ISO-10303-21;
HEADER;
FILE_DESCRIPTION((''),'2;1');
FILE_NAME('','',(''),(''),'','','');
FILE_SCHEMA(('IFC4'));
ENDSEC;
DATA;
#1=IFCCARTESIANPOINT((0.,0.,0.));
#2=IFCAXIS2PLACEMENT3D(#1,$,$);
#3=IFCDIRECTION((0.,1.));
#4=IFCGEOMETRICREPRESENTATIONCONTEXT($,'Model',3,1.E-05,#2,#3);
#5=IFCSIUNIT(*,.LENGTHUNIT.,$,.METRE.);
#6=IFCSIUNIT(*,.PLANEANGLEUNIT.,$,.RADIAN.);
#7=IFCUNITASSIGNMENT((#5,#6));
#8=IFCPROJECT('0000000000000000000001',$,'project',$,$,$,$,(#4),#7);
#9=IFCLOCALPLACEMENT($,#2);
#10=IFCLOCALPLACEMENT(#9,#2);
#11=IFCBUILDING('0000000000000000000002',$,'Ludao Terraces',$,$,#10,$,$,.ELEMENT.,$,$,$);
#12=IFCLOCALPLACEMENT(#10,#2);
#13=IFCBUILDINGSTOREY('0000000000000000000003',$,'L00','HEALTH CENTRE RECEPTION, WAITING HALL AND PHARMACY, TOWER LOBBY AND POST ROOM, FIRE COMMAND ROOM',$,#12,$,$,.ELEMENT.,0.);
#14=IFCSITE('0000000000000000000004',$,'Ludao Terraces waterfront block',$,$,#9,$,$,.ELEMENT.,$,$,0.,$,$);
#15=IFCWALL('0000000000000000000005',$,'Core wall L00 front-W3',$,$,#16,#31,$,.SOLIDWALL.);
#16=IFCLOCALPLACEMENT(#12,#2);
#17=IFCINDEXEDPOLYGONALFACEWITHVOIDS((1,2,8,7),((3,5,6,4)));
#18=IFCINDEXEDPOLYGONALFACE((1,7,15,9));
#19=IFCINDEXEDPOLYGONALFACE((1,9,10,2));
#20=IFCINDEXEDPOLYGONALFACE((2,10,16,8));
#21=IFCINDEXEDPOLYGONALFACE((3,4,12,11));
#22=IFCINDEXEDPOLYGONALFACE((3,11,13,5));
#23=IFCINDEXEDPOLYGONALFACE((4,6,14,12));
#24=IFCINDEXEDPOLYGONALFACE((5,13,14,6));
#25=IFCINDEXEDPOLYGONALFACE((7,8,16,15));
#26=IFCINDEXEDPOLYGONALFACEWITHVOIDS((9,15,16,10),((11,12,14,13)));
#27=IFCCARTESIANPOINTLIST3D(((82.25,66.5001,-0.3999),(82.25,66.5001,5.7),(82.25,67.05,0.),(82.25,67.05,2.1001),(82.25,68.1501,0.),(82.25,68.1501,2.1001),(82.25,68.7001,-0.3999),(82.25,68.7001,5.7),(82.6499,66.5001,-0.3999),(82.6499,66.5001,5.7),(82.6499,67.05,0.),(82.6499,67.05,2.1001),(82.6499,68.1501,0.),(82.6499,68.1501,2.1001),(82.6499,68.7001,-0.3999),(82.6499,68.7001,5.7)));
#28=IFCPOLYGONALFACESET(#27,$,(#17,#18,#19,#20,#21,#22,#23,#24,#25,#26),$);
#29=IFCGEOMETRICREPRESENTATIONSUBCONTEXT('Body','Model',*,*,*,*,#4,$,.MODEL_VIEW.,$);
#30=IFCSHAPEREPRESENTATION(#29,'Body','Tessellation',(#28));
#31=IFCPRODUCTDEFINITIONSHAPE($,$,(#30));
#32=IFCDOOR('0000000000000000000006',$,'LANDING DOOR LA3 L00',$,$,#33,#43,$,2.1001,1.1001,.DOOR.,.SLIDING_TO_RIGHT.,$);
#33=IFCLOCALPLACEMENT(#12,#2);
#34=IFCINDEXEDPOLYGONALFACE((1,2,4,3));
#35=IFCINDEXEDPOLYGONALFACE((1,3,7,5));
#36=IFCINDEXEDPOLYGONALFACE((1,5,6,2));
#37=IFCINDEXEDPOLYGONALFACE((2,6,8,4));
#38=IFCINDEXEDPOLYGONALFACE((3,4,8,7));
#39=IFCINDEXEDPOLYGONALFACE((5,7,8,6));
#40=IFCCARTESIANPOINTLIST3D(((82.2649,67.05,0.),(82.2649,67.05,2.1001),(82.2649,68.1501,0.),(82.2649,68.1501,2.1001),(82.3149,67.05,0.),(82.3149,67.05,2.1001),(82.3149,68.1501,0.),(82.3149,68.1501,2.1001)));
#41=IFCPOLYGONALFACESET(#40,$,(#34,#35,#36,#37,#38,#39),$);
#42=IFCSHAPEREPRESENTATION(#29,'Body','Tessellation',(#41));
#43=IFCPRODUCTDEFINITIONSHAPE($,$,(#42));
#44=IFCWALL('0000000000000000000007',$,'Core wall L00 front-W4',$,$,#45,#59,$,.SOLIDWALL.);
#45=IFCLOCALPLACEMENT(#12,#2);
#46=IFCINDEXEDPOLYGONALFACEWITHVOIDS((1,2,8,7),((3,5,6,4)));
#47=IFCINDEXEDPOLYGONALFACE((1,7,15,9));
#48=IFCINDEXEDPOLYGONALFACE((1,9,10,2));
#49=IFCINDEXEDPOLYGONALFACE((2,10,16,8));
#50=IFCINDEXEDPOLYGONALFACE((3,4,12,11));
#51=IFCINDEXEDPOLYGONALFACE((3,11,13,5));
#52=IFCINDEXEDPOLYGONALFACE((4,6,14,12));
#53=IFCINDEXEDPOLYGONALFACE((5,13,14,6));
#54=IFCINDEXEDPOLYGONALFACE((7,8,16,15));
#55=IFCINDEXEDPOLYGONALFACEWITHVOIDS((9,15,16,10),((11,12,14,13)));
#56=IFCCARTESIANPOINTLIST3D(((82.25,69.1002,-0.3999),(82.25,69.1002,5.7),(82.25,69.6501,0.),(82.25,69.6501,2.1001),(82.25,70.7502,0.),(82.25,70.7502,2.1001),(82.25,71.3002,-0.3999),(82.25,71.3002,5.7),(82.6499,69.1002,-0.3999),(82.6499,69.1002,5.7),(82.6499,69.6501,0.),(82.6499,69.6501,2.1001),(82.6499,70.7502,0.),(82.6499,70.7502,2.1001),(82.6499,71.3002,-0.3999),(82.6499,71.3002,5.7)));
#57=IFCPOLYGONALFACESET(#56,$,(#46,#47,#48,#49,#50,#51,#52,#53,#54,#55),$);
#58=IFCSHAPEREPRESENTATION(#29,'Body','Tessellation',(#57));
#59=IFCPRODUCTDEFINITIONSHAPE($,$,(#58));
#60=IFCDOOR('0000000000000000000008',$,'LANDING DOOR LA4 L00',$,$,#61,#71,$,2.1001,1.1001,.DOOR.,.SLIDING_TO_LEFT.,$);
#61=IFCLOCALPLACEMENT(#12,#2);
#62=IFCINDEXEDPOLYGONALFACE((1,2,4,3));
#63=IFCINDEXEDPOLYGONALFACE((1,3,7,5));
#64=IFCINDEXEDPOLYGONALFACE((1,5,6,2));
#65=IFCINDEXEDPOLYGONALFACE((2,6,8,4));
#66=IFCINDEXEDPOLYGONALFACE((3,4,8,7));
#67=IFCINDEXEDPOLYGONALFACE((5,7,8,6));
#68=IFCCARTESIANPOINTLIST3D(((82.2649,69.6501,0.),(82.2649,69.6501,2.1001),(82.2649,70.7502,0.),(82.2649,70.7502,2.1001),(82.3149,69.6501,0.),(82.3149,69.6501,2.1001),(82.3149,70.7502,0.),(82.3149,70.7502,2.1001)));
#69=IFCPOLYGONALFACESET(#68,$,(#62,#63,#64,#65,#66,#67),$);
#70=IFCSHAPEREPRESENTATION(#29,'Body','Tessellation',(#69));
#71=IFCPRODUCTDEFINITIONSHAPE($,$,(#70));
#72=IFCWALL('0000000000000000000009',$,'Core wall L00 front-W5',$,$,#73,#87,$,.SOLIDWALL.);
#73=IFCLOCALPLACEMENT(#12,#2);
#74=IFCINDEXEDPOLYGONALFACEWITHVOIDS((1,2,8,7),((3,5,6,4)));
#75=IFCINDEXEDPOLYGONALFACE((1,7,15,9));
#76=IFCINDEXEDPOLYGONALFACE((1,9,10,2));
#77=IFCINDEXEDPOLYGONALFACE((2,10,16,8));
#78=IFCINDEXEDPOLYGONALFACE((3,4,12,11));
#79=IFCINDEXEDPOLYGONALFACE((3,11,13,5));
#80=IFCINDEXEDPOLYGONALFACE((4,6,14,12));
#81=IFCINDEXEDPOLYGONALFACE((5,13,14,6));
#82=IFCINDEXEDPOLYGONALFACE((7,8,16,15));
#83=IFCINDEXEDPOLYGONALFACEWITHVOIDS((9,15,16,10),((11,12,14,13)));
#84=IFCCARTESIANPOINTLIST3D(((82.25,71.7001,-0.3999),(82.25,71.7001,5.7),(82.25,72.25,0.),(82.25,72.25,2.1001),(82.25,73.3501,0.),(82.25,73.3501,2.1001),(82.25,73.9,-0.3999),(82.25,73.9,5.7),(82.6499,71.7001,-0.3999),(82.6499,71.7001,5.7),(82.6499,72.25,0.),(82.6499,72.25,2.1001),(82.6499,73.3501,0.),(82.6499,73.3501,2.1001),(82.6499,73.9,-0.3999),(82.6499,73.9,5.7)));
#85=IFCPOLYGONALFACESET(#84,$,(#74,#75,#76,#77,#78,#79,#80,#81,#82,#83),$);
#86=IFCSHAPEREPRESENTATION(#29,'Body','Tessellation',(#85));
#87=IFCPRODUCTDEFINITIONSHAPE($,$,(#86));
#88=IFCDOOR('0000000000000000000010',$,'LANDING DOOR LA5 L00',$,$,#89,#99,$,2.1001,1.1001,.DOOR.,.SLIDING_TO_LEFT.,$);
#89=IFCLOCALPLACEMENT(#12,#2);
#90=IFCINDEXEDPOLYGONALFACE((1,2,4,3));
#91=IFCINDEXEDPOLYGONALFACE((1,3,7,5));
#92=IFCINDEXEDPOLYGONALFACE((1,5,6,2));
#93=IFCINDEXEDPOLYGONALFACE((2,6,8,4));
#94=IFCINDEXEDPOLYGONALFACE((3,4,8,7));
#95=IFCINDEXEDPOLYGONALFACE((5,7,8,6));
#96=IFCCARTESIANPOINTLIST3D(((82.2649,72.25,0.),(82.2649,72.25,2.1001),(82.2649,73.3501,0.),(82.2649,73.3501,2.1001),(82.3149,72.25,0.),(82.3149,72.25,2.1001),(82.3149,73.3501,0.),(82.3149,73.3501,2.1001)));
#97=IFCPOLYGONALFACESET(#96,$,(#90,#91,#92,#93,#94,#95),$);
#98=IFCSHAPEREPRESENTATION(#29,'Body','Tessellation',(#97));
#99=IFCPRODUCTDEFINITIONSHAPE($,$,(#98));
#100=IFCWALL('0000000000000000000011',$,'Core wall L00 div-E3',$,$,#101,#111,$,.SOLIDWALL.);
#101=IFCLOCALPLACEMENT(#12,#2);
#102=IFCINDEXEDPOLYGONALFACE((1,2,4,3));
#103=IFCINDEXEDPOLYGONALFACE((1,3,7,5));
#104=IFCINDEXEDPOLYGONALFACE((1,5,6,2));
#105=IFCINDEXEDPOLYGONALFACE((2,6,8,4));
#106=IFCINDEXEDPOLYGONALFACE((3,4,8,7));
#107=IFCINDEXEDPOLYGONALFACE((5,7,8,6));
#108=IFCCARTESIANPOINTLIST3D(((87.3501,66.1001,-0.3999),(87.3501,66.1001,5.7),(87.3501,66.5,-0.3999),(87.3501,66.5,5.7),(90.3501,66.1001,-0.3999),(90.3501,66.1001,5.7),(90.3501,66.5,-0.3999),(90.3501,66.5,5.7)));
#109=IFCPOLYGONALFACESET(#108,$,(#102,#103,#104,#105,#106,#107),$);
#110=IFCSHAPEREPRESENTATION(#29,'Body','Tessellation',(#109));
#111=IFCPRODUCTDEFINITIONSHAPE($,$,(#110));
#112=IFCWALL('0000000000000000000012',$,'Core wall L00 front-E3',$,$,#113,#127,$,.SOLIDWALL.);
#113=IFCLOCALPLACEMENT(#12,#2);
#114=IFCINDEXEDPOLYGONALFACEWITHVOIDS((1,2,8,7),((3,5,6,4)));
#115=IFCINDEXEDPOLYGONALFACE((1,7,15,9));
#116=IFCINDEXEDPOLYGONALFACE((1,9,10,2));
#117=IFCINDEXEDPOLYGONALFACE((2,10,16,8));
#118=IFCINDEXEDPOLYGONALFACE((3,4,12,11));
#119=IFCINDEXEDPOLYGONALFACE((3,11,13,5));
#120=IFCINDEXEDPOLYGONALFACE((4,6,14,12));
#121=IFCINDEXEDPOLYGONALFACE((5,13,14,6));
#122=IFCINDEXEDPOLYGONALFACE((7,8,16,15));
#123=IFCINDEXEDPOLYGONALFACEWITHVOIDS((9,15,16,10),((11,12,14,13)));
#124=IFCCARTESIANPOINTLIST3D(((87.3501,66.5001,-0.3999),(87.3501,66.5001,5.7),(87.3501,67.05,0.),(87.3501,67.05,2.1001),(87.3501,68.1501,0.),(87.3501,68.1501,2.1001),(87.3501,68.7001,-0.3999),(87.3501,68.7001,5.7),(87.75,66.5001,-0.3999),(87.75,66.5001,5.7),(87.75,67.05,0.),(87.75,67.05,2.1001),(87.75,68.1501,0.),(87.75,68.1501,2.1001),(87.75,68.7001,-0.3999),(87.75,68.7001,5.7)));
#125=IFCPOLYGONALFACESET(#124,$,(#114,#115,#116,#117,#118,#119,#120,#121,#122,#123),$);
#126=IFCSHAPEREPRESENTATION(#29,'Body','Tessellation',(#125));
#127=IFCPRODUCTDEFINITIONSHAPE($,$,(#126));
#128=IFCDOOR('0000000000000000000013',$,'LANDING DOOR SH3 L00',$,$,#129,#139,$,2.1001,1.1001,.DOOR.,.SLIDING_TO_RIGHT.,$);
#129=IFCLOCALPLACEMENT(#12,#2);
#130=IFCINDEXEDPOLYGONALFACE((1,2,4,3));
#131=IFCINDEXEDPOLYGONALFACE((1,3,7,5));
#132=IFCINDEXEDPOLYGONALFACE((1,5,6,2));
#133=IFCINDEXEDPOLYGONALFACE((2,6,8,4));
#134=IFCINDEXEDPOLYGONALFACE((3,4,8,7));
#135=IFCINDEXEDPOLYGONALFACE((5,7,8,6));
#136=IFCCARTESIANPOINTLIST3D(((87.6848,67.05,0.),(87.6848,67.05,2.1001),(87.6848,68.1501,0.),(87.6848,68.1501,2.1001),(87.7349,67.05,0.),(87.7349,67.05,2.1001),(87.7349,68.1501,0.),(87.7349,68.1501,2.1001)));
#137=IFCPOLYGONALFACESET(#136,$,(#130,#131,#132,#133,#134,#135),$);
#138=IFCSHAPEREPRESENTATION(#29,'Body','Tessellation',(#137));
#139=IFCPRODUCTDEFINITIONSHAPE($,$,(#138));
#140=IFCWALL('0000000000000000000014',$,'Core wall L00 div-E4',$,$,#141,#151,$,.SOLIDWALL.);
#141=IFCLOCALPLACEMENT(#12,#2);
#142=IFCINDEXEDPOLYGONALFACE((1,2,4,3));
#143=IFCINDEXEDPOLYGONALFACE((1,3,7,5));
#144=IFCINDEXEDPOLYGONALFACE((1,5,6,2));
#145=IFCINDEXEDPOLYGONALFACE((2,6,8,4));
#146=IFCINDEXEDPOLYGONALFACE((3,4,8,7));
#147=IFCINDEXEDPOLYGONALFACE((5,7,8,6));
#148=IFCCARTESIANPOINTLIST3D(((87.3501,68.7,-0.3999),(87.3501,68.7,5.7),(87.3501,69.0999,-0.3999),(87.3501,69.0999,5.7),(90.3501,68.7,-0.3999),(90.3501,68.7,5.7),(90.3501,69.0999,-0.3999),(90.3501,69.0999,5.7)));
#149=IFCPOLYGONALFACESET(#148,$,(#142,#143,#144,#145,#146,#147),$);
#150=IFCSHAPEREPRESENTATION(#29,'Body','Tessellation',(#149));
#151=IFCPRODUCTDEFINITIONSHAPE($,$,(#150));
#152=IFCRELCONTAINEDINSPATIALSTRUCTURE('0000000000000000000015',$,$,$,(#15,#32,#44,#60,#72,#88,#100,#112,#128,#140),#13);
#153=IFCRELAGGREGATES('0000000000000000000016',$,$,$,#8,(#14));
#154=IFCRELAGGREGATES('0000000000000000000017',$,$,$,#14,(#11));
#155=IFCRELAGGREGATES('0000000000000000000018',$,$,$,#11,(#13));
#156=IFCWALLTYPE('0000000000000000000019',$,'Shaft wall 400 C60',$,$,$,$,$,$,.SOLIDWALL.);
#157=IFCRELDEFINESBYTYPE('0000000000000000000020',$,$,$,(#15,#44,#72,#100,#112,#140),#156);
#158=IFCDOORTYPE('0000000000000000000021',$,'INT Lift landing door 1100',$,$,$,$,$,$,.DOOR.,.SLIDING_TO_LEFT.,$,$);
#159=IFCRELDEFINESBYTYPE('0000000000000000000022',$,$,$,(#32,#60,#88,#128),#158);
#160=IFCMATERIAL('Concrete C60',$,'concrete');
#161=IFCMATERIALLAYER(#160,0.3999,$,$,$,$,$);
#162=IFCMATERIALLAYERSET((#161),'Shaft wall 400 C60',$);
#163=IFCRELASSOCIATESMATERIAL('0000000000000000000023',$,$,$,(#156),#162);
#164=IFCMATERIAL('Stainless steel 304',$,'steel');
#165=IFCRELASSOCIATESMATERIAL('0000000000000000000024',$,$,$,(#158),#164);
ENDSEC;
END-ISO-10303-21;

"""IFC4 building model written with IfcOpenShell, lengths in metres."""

from ifc_helpers import new_model, si_unit, direction, frame, frame_2d, origin, place, context, subcontext, project, spatial, rectangle, extrude, material, layer, layer_set, type_object, element, fill, save


model = new_model("IFC4")

# Units and contexts
model_context = context("Model", 3, precision=1e-05, world=origin(), true_north=direction((0.0, 1.0)))
body_context = subcontext(model_context, "Body", "Model", "MODEL_VIEW")
ifc_project = project(units=[si_unit("LENGTHUNIT", "METRE"), si_unit("PLANEANGLEUNIT", "RADIAN")], contexts=[model_context])

# Site, building, storey
site_placement = place(None, origin())
site = spatial("IfcSite", under=ifc_project, at=site_placement, Name="Ludao Terraces waterfront block", CompositionType="ELEMENT", RefElevation=0.0)
building_placement = place(site_placement, origin())
building = spatial("IfcBuilding", under=site, at=building_placement, Name="Ludao Terraces", CompositionType="ELEMENT")
storey_placement = place(building_placement, origin())
storey = spatial("IfcBuildingStorey", under=building, at=storey_placement, Name="L00", Description="HEALTH CENTRE RECEPTION, WAITING HALL AND PHARMACY, TOWER LOBBY AND POST ROOM, FIRE COMMAND ROOM", CompositionType="ELEMENT", Elevation=0.0)

# Walls, openings, doors
ifc_material_1 = material(Name="Concrete C60", Category="concrete")
ifc_layer = layer(ifc_material_1, 0.3999)
ifc_layer_set = layer_set([ifc_layer], Name="Shaft wall 400 C60")
wall_type = type_object("IfcWallType", Name="Shaft wall 400 C60", PredefinedType="SOLIDWALL", material=ifc_layer_set)
wall_1_placement = place(storey_placement, frame((82.45, 66.5, -0.3999), z_axis=(0.0, 0.0, 1.0), x_axis=(0.0, 1.0, 0.0)))
wall_1 = element("IfcWall", 1, at=wall_1_placement, inside=storey, type_object=wall_type, Name="Core wall L00 front-W3", PredefinedType="SOLIDWALL", context=body_context, shape_type="SweptSolid", body=[
    extrude(rectangle(XDim=2.2, YDim=0.3999, at=frame_2d((1.1001, 0.0))), origin(), (0.0, 0.0, 1.0), 6.0999),
])
opening_1_placement = place(wall_1_placement, frame((0.55, 0.0, 0.3999)))
opening_1 = element("IfcOpeningElement", 2, at=opening_1_placement, cuts=wall_1, PredefinedType="OPENING", context=body_context, shape_type="SweptSolid", body=[
    extrude(rectangle(XDim=1.1001, YDim=2.1001, at=frame_2d((0.55, 1.05))), frame((0.0, 0.21, 0.0), z_axis=(0.0, -1.0, 0.0), x_axis=(1.0, 0.0, 0.0)), (0.0, 0.0, 1.0), 0.4199),
])
ifc_material_2 = material(Name="Stainless steel 304", Category="steel")
door_type = type_object("IfcDoorType", Name="INT Lift landing door 1100", OperationType="SLIDING_TO_LEFT", PredefinedType="DOOR", material=ifc_material_2)
door_1_placement = place(opening_1_placement, origin())
door_1 = element("IfcDoor", 3, at=door_1_placement, inside=storey, type_object=door_type, Name="LANDING DOOR LA3 L00", OperationType="SLIDING_TO_RIGHT", OverallHeight=2.1001, OverallWidth=1.1001, PredefinedType="DOOR", context=body_context, shape_type="SweptSolid", body=[
    extrude(rectangle(XDim=1.1001, YDim=2.1001, at=frame_2d((0.55, 1.05))), frame((0.0, 0.1851, 0.0), z_axis=(0.0, -1.0, 0.0), x_axis=(1.0, 0.0, 0.0)), (0.0, 0.0, 1.0), 0.05),
])
fill(opening_1, door_1)
wall_2_placement = place(storey_placement, frame((82.45, 69.1001, -0.3999), z_axis=(0.0, 0.0, 1.0), x_axis=(0.0, 1.0, 0.0)))
wall_2 = element("IfcWall", 4, at=wall_2_placement, inside=storey, type_object=wall_type, Name="Core wall L00 front-W4", PredefinedType="SOLIDWALL", context=body_context, shape_type="SweptSolid", body=[
    extrude(rectangle(XDim=2.2, YDim=0.3999, at=frame_2d((1.1001, 0.0))), origin(), (0.0, 0.0, 1.0), 6.0999),
])
opening_2_placement = place(wall_2_placement, frame((0.55, 0.0, 0.3999)))
opening_2 = element("IfcOpeningElement", 5, at=opening_2_placement, cuts=wall_2, PredefinedType="OPENING", context=body_context, shape_type="SweptSolid", body=[
    extrude(rectangle(XDim=1.1001, YDim=2.1001, at=frame_2d((0.55, 1.05))), frame((0.0, 0.21, 0.0), z_axis=(0.0, -1.0, 0.0), x_axis=(1.0, 0.0, 0.0)), (0.0, 0.0, 1.0), 0.4199),
])
door_2_placement = place(opening_2_placement, origin())
door_2 = element("IfcDoor", 6, at=door_2_placement, inside=storey, type_object=door_type, Name="LANDING DOOR LA4 L00", OperationType="SLIDING_TO_LEFT", OverallHeight=2.1001, OverallWidth=1.1001, PredefinedType="DOOR", context=body_context, shape_type="SweptSolid", body=[
    extrude(rectangle(XDim=1.1001, YDim=2.1001, at=frame_2d((0.55, 1.05))), frame((0.0, 0.1851, 0.0), z_axis=(0.0, -1.0, 0.0), x_axis=(1.0, 0.0, 0.0)), (0.0, 0.0, 1.0), 0.05),
])
fill(opening_2, door_2)
wall_3_placement = place(storey_placement, frame((82.45, 71.7, -0.3999), z_axis=(0.0, 0.0, 1.0), x_axis=(0.0, 1.0, 0.0)))
wall_3 = element("IfcWall", 7, at=wall_3_placement, inside=storey, type_object=wall_type, Name="Core wall L00 front-W5", PredefinedType="SOLIDWALL", context=body_context, shape_type="SweptSolid", body=[
    extrude(rectangle(XDim=2.2, YDim=0.3999, at=frame_2d((1.1001, 0.0))), origin(), (0.0, 0.0, 1.0), 6.0999),
])
opening_3_placement = place(wall_3_placement, frame((0.55, 0.0, 0.3999)))
opening_3 = element("IfcOpeningElement", 8, at=opening_3_placement, cuts=wall_3, PredefinedType="OPENING", context=body_context, shape_type="SweptSolid", body=[
    extrude(rectangle(XDim=1.1001, YDim=2.1001, at=frame_2d((0.55, 1.05))), frame((0.0, 0.21, 0.0), z_axis=(0.0, -1.0, 0.0), x_axis=(1.0, 0.0, 0.0)), (0.0, 0.0, 1.0), 0.4199),
])
door_3_placement = place(opening_3_placement, origin())
door_3 = element("IfcDoor", 9, at=door_3_placement, inside=storey, type_object=door_type, Name="LANDING DOOR LA5 L00", OperationType="SLIDING_TO_LEFT", OverallHeight=2.1001, OverallWidth=1.1001, PredefinedType="DOOR", context=body_context, shape_type="SweptSolid", body=[
    extrude(rectangle(XDim=1.1001, YDim=2.1001, at=frame_2d((0.55, 1.05))), frame((0.0, 0.1851, 0.0), z_axis=(0.0, -1.0, 0.0), x_axis=(1.0, 0.0, 0.0)), (0.0, 0.0, 1.0), 0.05),
])
fill(opening_3, door_3)

# Wall
wall_4_placement = place(storey_placement, frame((87.3501, 66.3, -0.3999), z_axis=(0.0, 0.0, 1.0), x_axis=(1.0, 0.0, 0.0)))
element("IfcWall", 10, at=wall_4_placement, inside=storey, type_object=wall_type, Name="Core wall L00 div-E3", PredefinedType="SOLIDWALL", context=body_context, shape_type="SweptSolid", body=[
    extrude(rectangle(XDim=3.0, YDim=0.3999, at=frame_2d((1.5, 0.0))), origin(), (0.0, 0.0, 1.0), 6.0999),
])

# Wall, opening, door
wall_5_placement = place(storey_placement, frame((87.55, 66.5, -0.3999), z_axis=(0.0, 0.0, 1.0), x_axis=(0.0, 1.0, 0.0)))
wall_5 = element("IfcWall", 11, at=wall_5_placement, inside=storey, type_object=wall_type, Name="Core wall L00 front-E3", PredefinedType="SOLIDWALL", context=body_context, shape_type="SweptSolid", body=[
    extrude(rectangle(XDim=2.2, YDim=0.3999, at=frame_2d((1.1001, 0.0))), origin(), (0.0, 0.0, 1.0), 6.0999),
])
opening_4_placement = place(wall_5_placement, frame((0.55, 0.0, 0.3999)))
opening_4 = element("IfcOpeningElement", 12, at=opening_4_placement, cuts=wall_5, PredefinedType="OPENING", context=body_context, shape_type="SweptSolid", body=[
    extrude(rectangle(XDim=1.1001, YDim=2.1001, at=frame_2d((0.55, 1.05))), frame((0.0, 0.21, 0.0), z_axis=(0.0, -1.0, 0.0), x_axis=(1.0, 0.0, 0.0)), (0.0, 0.0, 1.0), 0.4199),
])
door_4_placement = place(opening_4_placement, origin())
door_4 = element("IfcDoor", 13, at=door_4_placement, inside=storey, type_object=door_type, Name="LANDING DOOR SH3 L00", OperationType="SLIDING_TO_RIGHT", OverallHeight=2.1001, OverallWidth=1.1001, PredefinedType="DOOR", context=body_context, shape_type="SweptSolid", body=[
    extrude(rectangle(XDim=1.1001, YDim=2.1001, at=frame_2d((0.55, 1.05))), frame((0.0, -0.1348, 0.0), z_axis=(0.0, -1.0, 0.0), x_axis=(1.0, 0.0, 0.0)), (0.0, 0.0, 1.0), 0.05),
])
fill(opening_4, door_4)

# Wall
wall_6_placement = place(storey_placement, frame((87.3501, 68.8999, -0.3999), z_axis=(0.0, 0.0, 1.0), x_axis=(1.0, 0.0, 0.0)))
element("IfcWall", 14, at=wall_6_placement, inside=storey, type_object=wall_type, Name="Core wall L00 div-E4", PredefinedType="SOLIDWALL", context=body_context, shape_type="SweptSolid", body=[
    extrude(rectangle(XDim=3.0, YDim=0.3999, at=frame_2d((1.5, 0.0))), origin(), (0.0, 0.0, 1.0), 6.0999),
])

save(model, "model.ifc")
